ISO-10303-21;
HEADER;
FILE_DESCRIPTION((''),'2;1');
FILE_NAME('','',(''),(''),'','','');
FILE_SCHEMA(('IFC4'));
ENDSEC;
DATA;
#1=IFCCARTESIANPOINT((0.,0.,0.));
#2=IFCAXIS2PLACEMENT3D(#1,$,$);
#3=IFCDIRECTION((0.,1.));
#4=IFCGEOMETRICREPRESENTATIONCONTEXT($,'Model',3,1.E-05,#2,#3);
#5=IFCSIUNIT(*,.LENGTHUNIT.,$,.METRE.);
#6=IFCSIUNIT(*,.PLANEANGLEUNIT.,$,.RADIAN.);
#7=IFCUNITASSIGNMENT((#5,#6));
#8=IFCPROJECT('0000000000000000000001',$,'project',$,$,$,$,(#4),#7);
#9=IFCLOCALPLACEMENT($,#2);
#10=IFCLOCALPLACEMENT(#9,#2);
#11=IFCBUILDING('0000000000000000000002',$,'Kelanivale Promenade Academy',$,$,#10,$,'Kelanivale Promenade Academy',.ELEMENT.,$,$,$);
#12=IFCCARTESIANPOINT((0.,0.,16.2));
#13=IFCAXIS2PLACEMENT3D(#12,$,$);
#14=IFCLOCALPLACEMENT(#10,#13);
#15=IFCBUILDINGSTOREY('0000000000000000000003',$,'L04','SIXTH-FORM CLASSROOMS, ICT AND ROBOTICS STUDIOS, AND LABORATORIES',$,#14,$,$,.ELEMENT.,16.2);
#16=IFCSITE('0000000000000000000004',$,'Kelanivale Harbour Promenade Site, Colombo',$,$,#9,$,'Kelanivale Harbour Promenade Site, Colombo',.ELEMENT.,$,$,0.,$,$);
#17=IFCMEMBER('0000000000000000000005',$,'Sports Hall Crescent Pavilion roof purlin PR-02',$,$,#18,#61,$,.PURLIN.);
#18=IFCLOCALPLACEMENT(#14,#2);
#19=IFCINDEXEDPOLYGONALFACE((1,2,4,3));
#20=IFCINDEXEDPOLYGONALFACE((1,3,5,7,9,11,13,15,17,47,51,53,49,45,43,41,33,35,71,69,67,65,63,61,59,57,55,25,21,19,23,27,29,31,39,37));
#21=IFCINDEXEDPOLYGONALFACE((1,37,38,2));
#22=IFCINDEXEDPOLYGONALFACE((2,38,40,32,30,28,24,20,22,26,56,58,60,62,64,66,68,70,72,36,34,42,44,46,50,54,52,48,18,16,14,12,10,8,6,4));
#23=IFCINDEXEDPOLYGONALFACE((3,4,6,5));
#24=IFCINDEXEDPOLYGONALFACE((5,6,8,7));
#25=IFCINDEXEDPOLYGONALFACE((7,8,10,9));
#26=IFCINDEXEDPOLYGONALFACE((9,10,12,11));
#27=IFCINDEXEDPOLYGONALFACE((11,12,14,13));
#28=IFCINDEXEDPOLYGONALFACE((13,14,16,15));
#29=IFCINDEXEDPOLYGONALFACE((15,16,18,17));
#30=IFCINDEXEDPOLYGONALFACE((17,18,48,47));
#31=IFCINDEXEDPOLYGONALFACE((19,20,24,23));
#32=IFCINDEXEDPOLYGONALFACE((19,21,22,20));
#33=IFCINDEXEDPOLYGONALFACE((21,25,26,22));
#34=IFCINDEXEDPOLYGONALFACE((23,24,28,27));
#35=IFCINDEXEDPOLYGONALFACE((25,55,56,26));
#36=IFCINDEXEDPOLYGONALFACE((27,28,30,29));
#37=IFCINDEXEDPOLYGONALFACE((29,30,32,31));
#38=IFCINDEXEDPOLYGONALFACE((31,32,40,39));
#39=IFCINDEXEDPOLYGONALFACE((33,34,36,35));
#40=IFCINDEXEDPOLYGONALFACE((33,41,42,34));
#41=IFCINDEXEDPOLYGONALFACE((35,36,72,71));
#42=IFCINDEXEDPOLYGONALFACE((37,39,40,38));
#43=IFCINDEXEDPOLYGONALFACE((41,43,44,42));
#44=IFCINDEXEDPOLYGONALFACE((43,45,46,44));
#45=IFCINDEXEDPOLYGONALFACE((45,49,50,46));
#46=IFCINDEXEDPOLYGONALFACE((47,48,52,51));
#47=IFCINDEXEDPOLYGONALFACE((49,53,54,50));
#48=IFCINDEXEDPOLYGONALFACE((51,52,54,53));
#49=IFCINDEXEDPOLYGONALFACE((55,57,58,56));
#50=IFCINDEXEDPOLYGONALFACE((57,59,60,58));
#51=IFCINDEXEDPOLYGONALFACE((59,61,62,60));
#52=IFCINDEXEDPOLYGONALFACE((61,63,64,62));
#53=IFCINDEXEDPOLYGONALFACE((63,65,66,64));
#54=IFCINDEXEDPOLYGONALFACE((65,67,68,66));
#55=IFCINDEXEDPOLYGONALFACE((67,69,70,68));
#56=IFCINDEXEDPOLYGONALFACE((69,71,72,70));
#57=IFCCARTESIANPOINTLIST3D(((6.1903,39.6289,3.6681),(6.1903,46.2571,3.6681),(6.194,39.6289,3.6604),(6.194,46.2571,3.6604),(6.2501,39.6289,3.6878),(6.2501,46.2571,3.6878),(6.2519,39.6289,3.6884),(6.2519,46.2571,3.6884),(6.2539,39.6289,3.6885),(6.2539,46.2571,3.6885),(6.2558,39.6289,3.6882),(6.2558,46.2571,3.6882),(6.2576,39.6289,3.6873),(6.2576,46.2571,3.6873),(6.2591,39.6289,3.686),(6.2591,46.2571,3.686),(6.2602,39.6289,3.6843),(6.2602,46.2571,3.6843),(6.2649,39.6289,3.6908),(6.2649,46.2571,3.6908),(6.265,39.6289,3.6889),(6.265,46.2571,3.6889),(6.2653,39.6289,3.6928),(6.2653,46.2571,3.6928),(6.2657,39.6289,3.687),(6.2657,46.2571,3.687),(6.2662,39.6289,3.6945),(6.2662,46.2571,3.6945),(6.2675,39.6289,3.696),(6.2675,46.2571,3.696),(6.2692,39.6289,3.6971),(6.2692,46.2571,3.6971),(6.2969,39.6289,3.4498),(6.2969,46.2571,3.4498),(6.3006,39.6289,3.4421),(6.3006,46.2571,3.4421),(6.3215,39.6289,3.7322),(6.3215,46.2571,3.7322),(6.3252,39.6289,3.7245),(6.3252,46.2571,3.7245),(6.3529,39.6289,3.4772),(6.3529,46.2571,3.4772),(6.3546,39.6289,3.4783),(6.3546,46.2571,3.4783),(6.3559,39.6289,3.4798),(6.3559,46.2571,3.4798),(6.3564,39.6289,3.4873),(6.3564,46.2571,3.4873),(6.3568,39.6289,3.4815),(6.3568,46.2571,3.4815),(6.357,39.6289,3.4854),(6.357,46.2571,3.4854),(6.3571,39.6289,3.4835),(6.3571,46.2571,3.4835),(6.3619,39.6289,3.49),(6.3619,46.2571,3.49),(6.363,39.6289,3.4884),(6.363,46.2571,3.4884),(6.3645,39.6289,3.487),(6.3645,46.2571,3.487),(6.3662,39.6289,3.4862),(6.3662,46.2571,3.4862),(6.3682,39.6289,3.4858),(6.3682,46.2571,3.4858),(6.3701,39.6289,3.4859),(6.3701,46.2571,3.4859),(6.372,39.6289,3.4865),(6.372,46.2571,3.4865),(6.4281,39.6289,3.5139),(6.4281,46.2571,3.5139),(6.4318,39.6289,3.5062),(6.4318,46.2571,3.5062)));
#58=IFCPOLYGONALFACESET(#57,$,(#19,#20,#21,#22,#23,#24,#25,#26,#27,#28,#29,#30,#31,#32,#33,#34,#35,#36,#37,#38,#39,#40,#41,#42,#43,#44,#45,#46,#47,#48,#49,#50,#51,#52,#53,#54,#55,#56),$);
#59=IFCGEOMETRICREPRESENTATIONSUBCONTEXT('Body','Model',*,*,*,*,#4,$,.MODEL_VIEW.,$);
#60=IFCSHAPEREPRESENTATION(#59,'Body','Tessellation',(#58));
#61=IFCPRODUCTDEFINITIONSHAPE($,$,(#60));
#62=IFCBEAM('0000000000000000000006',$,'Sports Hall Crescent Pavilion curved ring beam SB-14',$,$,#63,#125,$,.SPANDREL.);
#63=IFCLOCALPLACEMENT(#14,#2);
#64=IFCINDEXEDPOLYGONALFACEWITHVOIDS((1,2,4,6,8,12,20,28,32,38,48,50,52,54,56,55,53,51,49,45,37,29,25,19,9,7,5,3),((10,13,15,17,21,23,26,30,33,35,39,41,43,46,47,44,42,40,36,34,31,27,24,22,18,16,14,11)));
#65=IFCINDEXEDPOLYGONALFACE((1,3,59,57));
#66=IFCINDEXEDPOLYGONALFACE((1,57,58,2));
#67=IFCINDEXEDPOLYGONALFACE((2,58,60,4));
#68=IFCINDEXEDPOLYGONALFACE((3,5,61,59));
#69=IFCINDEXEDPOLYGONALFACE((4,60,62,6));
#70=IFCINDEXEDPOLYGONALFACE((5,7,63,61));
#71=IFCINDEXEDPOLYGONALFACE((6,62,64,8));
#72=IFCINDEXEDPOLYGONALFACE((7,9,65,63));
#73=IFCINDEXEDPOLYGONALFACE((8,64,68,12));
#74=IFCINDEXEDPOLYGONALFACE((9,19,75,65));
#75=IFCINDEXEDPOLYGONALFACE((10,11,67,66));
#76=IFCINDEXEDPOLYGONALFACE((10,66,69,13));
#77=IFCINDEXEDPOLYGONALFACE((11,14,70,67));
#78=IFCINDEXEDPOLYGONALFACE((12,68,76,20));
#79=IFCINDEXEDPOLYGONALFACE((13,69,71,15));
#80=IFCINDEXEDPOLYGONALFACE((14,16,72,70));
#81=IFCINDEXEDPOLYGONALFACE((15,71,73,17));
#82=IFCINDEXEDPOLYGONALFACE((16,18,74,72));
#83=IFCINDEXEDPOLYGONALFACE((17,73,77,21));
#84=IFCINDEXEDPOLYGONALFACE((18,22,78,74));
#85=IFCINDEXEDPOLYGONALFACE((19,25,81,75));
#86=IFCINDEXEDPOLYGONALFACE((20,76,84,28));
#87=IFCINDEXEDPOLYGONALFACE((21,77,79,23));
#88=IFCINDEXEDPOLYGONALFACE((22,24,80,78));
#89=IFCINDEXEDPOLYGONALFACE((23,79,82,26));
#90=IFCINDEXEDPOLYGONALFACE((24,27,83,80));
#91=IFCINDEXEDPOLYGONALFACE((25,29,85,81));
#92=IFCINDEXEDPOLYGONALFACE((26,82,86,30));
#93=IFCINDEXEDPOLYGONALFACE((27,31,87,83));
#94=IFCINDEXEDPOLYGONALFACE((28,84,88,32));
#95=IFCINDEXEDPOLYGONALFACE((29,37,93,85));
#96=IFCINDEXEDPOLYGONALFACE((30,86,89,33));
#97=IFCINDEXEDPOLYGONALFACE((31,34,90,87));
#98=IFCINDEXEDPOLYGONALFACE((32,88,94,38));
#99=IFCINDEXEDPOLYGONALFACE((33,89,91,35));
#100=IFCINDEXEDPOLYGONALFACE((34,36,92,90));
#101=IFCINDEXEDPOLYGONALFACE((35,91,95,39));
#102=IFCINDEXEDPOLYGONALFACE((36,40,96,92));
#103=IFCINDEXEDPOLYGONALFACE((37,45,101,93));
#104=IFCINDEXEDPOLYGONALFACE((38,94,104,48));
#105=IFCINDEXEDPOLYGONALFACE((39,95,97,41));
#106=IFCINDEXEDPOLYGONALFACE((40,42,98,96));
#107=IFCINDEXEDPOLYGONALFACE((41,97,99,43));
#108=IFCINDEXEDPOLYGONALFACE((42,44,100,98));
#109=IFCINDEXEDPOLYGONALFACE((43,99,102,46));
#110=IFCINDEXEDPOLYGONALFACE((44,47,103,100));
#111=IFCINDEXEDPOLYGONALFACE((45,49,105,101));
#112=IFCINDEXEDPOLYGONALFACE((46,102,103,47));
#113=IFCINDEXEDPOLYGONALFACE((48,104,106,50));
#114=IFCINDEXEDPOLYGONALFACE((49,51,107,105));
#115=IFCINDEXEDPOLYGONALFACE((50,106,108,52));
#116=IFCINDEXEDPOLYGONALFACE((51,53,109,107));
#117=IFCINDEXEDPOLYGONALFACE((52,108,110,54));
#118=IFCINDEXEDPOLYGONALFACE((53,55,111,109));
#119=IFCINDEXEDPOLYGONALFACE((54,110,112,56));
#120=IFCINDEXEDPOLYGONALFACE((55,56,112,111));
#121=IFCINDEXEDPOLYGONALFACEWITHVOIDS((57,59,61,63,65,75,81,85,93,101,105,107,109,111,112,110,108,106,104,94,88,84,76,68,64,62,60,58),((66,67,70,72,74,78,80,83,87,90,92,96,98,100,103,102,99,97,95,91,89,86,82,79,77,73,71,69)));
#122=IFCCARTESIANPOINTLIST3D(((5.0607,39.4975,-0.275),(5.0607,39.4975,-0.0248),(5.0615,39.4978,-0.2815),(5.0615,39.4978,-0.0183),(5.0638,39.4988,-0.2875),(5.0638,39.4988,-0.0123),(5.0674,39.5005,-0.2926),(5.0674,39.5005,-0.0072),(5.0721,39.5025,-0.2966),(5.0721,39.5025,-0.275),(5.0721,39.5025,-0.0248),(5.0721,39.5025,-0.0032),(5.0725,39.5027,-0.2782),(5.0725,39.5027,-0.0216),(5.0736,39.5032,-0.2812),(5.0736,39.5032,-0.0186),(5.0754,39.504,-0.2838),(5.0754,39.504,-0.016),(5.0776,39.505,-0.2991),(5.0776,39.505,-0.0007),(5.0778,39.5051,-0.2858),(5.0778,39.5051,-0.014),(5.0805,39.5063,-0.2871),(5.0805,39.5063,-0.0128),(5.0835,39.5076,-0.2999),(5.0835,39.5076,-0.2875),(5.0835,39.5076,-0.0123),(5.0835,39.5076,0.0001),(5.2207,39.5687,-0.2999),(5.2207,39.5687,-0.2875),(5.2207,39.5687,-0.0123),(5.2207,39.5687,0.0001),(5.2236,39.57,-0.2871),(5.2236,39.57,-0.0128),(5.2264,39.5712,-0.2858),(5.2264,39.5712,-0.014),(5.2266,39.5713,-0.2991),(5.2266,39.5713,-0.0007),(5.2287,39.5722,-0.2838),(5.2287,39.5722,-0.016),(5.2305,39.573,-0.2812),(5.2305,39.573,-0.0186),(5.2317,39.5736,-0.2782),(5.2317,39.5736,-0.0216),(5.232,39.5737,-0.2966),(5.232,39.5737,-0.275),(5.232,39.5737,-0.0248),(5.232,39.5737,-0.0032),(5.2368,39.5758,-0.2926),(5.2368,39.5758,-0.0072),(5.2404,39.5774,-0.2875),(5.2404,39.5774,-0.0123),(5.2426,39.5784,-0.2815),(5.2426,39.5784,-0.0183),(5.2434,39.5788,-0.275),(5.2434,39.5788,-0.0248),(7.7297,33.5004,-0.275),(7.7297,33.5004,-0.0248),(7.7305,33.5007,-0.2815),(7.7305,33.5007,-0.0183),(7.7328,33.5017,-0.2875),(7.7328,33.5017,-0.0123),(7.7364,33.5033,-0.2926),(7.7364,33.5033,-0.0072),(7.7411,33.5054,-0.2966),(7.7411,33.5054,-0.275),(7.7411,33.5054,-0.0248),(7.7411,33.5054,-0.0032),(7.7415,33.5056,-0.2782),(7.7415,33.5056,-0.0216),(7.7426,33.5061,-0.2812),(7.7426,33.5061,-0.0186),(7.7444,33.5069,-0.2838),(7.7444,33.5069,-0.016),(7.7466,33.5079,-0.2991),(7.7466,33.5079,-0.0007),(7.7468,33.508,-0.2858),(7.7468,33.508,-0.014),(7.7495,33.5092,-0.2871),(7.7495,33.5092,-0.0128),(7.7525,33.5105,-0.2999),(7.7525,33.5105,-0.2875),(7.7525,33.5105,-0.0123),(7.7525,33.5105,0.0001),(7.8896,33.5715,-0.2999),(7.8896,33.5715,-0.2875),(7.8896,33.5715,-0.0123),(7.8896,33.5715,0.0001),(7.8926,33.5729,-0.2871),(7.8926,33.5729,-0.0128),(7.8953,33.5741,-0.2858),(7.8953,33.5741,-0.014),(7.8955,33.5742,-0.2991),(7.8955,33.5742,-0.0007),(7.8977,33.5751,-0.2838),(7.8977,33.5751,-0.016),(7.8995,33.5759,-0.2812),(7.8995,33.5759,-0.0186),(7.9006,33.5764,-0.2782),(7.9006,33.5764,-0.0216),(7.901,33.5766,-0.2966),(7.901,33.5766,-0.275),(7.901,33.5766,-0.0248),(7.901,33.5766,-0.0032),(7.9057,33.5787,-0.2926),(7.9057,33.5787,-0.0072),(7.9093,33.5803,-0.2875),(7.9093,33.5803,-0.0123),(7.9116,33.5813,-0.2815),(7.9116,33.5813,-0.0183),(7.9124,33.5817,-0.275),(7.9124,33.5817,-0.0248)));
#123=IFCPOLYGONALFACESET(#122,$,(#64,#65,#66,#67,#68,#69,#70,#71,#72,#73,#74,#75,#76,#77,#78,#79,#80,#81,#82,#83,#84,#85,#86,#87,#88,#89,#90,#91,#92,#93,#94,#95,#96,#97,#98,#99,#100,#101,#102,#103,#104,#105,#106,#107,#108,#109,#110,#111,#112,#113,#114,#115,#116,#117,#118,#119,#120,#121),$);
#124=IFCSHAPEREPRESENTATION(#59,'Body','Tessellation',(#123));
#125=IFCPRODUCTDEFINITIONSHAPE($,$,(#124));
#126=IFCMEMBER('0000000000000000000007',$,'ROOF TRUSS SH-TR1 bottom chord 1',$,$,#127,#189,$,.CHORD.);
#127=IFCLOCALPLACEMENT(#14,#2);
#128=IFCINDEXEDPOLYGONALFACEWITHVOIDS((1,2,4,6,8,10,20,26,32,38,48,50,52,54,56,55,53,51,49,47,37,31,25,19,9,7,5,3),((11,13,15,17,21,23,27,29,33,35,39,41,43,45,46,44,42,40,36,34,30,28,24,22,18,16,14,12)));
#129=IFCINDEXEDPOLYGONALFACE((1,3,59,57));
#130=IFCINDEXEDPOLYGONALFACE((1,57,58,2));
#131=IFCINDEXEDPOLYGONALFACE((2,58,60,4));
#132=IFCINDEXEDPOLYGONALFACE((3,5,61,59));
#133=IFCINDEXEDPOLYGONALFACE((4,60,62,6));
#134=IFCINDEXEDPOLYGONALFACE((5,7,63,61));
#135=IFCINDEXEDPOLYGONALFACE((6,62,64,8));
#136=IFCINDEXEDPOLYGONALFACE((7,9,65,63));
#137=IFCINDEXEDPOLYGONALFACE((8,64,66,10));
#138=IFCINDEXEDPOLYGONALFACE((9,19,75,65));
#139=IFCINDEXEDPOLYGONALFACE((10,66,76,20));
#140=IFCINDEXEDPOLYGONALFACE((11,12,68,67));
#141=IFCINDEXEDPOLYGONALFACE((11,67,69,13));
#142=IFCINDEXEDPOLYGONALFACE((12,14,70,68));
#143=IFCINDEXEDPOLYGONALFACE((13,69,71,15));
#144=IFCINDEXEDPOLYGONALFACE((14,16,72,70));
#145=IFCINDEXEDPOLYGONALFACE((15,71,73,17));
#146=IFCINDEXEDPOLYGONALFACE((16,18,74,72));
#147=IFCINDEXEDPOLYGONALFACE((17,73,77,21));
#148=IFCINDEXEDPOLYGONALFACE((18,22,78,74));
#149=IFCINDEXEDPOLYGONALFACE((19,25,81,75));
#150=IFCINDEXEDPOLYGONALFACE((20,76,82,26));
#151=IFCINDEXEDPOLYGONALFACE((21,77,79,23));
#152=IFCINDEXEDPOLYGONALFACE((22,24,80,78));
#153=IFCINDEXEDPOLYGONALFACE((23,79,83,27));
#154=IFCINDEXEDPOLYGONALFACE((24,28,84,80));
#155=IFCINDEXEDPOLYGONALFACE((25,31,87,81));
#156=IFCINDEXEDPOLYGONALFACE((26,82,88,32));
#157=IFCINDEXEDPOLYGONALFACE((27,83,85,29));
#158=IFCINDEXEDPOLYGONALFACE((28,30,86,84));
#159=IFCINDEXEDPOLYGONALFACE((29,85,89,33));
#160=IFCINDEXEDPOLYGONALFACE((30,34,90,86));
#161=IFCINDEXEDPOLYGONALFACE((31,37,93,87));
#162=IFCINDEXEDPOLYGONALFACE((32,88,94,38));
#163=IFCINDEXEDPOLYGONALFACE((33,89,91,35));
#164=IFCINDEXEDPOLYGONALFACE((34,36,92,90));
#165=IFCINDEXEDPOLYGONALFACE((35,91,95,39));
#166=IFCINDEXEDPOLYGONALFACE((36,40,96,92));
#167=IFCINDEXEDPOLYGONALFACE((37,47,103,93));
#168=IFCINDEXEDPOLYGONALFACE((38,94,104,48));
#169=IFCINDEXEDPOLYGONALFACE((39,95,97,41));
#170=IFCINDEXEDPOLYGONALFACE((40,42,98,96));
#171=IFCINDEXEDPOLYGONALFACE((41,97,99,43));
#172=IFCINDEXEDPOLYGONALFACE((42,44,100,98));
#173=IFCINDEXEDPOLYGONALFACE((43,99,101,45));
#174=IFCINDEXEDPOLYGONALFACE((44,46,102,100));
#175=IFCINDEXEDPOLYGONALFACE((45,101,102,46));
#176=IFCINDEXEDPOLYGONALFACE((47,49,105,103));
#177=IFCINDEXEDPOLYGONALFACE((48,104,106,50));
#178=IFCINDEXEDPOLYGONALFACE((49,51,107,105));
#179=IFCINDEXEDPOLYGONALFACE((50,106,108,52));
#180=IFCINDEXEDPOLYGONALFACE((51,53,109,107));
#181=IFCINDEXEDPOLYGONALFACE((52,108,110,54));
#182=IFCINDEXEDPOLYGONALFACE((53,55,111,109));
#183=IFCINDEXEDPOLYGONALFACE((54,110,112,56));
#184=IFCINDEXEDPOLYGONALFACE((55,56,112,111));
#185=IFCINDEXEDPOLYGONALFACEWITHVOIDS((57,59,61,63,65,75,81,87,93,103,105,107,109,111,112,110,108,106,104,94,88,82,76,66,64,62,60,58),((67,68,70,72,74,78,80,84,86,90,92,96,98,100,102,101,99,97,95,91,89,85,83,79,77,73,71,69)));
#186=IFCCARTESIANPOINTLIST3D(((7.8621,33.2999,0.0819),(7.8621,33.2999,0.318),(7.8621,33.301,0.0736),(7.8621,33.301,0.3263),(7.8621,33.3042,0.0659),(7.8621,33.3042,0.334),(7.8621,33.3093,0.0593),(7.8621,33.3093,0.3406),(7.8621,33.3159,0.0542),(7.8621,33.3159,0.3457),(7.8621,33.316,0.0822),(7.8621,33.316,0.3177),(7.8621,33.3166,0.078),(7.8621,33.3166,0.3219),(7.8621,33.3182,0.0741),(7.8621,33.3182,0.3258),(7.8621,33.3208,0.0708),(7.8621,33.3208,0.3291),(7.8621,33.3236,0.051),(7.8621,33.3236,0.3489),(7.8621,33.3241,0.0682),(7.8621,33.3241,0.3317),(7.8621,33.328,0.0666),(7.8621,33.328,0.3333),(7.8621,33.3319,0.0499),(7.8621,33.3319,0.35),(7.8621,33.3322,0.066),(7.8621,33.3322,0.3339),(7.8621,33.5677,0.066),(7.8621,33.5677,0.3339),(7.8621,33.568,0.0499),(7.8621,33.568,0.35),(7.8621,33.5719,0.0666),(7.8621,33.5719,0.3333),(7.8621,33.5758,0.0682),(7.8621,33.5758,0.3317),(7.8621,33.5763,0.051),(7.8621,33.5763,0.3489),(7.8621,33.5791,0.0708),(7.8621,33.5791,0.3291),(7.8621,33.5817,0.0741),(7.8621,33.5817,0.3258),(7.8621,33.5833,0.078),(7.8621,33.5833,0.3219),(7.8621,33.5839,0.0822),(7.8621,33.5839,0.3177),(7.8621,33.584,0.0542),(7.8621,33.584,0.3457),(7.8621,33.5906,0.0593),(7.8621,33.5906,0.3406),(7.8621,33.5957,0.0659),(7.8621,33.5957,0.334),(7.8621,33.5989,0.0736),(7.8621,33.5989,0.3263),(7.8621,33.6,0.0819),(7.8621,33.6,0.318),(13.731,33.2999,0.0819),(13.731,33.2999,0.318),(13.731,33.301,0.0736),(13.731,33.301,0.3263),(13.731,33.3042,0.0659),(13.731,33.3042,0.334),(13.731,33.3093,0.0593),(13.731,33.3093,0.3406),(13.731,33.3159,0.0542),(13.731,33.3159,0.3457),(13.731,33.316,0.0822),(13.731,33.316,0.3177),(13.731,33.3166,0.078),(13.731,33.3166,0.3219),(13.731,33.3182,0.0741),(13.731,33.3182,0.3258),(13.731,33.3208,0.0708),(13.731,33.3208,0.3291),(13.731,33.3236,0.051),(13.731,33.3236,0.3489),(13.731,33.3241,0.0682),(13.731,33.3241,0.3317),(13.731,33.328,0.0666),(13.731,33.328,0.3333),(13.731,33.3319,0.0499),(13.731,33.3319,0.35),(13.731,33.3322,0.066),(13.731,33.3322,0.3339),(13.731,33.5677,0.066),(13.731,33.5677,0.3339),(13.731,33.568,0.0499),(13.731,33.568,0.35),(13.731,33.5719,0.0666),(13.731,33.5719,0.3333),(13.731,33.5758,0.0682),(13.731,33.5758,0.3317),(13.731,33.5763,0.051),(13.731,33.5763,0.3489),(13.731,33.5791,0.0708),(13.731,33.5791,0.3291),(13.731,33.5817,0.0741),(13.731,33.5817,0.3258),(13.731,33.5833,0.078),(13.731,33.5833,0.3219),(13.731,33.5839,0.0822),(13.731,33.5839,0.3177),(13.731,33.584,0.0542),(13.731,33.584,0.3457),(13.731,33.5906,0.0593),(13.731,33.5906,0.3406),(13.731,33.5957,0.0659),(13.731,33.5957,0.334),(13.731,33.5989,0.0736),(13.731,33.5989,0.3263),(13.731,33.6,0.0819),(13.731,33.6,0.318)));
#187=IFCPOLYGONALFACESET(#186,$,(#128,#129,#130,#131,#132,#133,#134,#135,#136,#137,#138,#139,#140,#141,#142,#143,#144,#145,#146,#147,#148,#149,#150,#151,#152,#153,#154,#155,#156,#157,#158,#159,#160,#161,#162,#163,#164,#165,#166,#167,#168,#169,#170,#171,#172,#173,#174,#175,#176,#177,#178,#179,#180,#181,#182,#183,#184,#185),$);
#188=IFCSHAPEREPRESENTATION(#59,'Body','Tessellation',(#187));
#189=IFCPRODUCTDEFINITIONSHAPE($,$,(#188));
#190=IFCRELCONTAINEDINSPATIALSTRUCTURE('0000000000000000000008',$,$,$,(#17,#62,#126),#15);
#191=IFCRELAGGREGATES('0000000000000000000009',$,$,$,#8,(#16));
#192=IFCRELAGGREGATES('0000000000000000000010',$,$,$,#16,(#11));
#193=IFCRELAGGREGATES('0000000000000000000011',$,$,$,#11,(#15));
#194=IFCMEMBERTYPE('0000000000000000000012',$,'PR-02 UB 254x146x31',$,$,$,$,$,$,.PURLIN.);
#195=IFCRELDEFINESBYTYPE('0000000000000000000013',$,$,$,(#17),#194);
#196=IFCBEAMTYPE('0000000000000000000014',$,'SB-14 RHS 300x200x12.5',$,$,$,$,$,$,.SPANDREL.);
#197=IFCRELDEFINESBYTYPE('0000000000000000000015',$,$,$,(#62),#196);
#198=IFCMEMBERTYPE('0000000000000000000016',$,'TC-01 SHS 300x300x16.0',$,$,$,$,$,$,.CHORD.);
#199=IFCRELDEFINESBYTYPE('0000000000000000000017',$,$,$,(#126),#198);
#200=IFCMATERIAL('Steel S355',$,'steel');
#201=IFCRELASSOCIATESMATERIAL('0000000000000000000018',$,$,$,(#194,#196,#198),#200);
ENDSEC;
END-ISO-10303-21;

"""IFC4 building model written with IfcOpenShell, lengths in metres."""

from ifc_helpers import new_model, si_unit, direction, frame, origin, origin_2d, place, context, subcontext, project, spatial, hollow_rectangle, i_section, extrude, material, material_profile, profile_set, type_object, element, save


model = new_model("IFC4")

# Units and contexts
model_context = context("Model", 3, precision=1e-05, world=origin(), true_north=direction((0.0, 1.0)))
body_context = subcontext(model_context, "Body", "Model", "MODEL_VIEW")
ifc_project = project(units=[si_unit("LENGTHUNIT", "METRE"), si_unit("PLANEANGLEUNIT", "RADIAN")], contexts=[model_context])

# Site, building, storey
site_placement = place(None, origin())
site = spatial("IfcSite", under=ifc_project, at=site_placement, Name="Kelanivale Harbour Promenade Site, Colombo", LongName="Kelanivale Harbour Promenade Site, Colombo", CompositionType="ELEMENT", RefElevation=0.0)
building_placement = place(site_placement, origin())
building = spatial("IfcBuilding", under=site, at=building_placement, Name="Kelanivale Promenade Academy", LongName="Kelanivale Promenade Academy", CompositionType="ELEMENT")
storey_placement = place(building_placement, frame((0.0, 0.0, 16.2)))
storey = spatial("IfcBuildingStorey", under=building, at=storey_placement, Name="L04", Description="SIXTH-FORM CLASSROOMS, ICT AND ROBOTICS STUDIOS, AND LABORATORIES", CompositionType="ELEMENT", Elevation=16.2)

# Shared definitions
ifc_material_1 = material(Name="Steel S355", Category="steel")

# Member
ifc_material_profile_1 = material_profile(ifc_material_1, i_section(OverallWidth=0.146, OverallDepth=0.2515, WebThickness=0.0061, FlangeThickness=0.0085, FilletRadius=0.0076, at=origin_2d()), Name="UB 254x146x31")
ifc_profile_set_1 = profile_set([ifc_material_profile_1], Name="Steel S355")
member_type_1 = type_object("IfcMemberType", Name="PR-02 UB 254x146x31", PredefinedType="PURLIN", material=ifc_profile_set_1)
member_1_placement = place(storey_placement, frame((6.311, 39.6289, 3.5872), z_axis=(0.0, 1.0, 0.0), x_axis=(-0.898564, 0.0, -0.438842)))
element("IfcMember", 1, at=member_1_placement, inside=storey, type_object=member_type_1, Name="Sports Hall Crescent Pavilion roof purlin PR-02", PredefinedType="PURLIN", context=body_context, shape_type="SweptSolid", body=[
    extrude(i_section(OverallWidth=0.146, OverallDepth=0.2515, WebThickness=0.0061, FlangeThickness=0.0085, FilletRadius=0.0076, at=origin_2d()), origin(), (0.0, 0.0, 1.0), 6.6282),
])

# Beam
ifc_material_profile_2 = material_profile(ifc_material_1, hollow_rectangle(XDim=0.2, YDim=0.3, WallThickness=0.0125, InnerFilletRadius=0.0125, OuterFilletRadius=0.0249, at=origin_2d()), Name="RHS 300x200x12.5")
ifc_profile_set_2 = profile_set([ifc_material_profile_2], Name="Steel S355")
beam_type = type_object("IfcBeamType", Name="SB-14 RHS 300x200x12.5", PredefinedType="SPANDREL", material=ifc_profile_set_2)
beam_placement = place(storey_placement, frame((7.821, 33.541, -0.1499), z_axis=(-0.406594, 0.913609, 0.0), x_axis=(-0.913609, -0.406594, 0.0)))
element("IfcBeam", 2, at=beam_placement, inside=storey, type_object=beam_type, Name="Sports Hall Crescent Pavilion curved ring beam SB-14", PredefinedType="SPANDREL", context=body_context, shape_type="SweptSolid", body=[
    extrude(hollow_rectangle(XDim=0.2, YDim=0.3, WallThickness=0.0125, InnerFilletRadius=0.0125, OuterFilletRadius=0.0249, at=origin_2d()), origin(), (0.0, 0.0, 1.0), 6.5642),
])

# Member
ifc_material_profile_3 = material_profile(ifc_material_1, hollow_rectangle(XDim=0.3, YDim=0.3, WallThickness=0.0161, InnerFilletRadius=0.0161, OuterFilletRadius=0.032, at=origin_2d()), Name="SHS 300x300x16.0")
ifc_profile_set_3 = profile_set([ifc_material_profile_3], Name="Steel S355")
member_type_2 = type_object("IfcMemberType", Name="TC-01 SHS 300x300x16.0", PredefinedType="CHORD", material=ifc_profile_set_3)
member_2_placement = place(storey_placement, frame((7.8621, 33.45, 0.2), z_axis=(1.0, 0.0, 0.0), x_axis=(0.0, 1.0, 0.0)))
element("IfcMember", 3, at=member_2_placement, inside=storey, type_object=member_type_2, Name="ROOF TRUSS SH-TR1 bottom chord 1", PredefinedType="CHORD", context=body_context, shape_type="SweptSolid", body=[
    extrude(hollow_rectangle(XDim=0.3, YDim=0.3, WallThickness=0.0161, InnerFilletRadius=0.0161, OuterFilletRadius=0.032, at=origin_2d()), origin(), (0.0, 0.0, 1.0), 5.8689),
])

save(model, "model.ifc")
